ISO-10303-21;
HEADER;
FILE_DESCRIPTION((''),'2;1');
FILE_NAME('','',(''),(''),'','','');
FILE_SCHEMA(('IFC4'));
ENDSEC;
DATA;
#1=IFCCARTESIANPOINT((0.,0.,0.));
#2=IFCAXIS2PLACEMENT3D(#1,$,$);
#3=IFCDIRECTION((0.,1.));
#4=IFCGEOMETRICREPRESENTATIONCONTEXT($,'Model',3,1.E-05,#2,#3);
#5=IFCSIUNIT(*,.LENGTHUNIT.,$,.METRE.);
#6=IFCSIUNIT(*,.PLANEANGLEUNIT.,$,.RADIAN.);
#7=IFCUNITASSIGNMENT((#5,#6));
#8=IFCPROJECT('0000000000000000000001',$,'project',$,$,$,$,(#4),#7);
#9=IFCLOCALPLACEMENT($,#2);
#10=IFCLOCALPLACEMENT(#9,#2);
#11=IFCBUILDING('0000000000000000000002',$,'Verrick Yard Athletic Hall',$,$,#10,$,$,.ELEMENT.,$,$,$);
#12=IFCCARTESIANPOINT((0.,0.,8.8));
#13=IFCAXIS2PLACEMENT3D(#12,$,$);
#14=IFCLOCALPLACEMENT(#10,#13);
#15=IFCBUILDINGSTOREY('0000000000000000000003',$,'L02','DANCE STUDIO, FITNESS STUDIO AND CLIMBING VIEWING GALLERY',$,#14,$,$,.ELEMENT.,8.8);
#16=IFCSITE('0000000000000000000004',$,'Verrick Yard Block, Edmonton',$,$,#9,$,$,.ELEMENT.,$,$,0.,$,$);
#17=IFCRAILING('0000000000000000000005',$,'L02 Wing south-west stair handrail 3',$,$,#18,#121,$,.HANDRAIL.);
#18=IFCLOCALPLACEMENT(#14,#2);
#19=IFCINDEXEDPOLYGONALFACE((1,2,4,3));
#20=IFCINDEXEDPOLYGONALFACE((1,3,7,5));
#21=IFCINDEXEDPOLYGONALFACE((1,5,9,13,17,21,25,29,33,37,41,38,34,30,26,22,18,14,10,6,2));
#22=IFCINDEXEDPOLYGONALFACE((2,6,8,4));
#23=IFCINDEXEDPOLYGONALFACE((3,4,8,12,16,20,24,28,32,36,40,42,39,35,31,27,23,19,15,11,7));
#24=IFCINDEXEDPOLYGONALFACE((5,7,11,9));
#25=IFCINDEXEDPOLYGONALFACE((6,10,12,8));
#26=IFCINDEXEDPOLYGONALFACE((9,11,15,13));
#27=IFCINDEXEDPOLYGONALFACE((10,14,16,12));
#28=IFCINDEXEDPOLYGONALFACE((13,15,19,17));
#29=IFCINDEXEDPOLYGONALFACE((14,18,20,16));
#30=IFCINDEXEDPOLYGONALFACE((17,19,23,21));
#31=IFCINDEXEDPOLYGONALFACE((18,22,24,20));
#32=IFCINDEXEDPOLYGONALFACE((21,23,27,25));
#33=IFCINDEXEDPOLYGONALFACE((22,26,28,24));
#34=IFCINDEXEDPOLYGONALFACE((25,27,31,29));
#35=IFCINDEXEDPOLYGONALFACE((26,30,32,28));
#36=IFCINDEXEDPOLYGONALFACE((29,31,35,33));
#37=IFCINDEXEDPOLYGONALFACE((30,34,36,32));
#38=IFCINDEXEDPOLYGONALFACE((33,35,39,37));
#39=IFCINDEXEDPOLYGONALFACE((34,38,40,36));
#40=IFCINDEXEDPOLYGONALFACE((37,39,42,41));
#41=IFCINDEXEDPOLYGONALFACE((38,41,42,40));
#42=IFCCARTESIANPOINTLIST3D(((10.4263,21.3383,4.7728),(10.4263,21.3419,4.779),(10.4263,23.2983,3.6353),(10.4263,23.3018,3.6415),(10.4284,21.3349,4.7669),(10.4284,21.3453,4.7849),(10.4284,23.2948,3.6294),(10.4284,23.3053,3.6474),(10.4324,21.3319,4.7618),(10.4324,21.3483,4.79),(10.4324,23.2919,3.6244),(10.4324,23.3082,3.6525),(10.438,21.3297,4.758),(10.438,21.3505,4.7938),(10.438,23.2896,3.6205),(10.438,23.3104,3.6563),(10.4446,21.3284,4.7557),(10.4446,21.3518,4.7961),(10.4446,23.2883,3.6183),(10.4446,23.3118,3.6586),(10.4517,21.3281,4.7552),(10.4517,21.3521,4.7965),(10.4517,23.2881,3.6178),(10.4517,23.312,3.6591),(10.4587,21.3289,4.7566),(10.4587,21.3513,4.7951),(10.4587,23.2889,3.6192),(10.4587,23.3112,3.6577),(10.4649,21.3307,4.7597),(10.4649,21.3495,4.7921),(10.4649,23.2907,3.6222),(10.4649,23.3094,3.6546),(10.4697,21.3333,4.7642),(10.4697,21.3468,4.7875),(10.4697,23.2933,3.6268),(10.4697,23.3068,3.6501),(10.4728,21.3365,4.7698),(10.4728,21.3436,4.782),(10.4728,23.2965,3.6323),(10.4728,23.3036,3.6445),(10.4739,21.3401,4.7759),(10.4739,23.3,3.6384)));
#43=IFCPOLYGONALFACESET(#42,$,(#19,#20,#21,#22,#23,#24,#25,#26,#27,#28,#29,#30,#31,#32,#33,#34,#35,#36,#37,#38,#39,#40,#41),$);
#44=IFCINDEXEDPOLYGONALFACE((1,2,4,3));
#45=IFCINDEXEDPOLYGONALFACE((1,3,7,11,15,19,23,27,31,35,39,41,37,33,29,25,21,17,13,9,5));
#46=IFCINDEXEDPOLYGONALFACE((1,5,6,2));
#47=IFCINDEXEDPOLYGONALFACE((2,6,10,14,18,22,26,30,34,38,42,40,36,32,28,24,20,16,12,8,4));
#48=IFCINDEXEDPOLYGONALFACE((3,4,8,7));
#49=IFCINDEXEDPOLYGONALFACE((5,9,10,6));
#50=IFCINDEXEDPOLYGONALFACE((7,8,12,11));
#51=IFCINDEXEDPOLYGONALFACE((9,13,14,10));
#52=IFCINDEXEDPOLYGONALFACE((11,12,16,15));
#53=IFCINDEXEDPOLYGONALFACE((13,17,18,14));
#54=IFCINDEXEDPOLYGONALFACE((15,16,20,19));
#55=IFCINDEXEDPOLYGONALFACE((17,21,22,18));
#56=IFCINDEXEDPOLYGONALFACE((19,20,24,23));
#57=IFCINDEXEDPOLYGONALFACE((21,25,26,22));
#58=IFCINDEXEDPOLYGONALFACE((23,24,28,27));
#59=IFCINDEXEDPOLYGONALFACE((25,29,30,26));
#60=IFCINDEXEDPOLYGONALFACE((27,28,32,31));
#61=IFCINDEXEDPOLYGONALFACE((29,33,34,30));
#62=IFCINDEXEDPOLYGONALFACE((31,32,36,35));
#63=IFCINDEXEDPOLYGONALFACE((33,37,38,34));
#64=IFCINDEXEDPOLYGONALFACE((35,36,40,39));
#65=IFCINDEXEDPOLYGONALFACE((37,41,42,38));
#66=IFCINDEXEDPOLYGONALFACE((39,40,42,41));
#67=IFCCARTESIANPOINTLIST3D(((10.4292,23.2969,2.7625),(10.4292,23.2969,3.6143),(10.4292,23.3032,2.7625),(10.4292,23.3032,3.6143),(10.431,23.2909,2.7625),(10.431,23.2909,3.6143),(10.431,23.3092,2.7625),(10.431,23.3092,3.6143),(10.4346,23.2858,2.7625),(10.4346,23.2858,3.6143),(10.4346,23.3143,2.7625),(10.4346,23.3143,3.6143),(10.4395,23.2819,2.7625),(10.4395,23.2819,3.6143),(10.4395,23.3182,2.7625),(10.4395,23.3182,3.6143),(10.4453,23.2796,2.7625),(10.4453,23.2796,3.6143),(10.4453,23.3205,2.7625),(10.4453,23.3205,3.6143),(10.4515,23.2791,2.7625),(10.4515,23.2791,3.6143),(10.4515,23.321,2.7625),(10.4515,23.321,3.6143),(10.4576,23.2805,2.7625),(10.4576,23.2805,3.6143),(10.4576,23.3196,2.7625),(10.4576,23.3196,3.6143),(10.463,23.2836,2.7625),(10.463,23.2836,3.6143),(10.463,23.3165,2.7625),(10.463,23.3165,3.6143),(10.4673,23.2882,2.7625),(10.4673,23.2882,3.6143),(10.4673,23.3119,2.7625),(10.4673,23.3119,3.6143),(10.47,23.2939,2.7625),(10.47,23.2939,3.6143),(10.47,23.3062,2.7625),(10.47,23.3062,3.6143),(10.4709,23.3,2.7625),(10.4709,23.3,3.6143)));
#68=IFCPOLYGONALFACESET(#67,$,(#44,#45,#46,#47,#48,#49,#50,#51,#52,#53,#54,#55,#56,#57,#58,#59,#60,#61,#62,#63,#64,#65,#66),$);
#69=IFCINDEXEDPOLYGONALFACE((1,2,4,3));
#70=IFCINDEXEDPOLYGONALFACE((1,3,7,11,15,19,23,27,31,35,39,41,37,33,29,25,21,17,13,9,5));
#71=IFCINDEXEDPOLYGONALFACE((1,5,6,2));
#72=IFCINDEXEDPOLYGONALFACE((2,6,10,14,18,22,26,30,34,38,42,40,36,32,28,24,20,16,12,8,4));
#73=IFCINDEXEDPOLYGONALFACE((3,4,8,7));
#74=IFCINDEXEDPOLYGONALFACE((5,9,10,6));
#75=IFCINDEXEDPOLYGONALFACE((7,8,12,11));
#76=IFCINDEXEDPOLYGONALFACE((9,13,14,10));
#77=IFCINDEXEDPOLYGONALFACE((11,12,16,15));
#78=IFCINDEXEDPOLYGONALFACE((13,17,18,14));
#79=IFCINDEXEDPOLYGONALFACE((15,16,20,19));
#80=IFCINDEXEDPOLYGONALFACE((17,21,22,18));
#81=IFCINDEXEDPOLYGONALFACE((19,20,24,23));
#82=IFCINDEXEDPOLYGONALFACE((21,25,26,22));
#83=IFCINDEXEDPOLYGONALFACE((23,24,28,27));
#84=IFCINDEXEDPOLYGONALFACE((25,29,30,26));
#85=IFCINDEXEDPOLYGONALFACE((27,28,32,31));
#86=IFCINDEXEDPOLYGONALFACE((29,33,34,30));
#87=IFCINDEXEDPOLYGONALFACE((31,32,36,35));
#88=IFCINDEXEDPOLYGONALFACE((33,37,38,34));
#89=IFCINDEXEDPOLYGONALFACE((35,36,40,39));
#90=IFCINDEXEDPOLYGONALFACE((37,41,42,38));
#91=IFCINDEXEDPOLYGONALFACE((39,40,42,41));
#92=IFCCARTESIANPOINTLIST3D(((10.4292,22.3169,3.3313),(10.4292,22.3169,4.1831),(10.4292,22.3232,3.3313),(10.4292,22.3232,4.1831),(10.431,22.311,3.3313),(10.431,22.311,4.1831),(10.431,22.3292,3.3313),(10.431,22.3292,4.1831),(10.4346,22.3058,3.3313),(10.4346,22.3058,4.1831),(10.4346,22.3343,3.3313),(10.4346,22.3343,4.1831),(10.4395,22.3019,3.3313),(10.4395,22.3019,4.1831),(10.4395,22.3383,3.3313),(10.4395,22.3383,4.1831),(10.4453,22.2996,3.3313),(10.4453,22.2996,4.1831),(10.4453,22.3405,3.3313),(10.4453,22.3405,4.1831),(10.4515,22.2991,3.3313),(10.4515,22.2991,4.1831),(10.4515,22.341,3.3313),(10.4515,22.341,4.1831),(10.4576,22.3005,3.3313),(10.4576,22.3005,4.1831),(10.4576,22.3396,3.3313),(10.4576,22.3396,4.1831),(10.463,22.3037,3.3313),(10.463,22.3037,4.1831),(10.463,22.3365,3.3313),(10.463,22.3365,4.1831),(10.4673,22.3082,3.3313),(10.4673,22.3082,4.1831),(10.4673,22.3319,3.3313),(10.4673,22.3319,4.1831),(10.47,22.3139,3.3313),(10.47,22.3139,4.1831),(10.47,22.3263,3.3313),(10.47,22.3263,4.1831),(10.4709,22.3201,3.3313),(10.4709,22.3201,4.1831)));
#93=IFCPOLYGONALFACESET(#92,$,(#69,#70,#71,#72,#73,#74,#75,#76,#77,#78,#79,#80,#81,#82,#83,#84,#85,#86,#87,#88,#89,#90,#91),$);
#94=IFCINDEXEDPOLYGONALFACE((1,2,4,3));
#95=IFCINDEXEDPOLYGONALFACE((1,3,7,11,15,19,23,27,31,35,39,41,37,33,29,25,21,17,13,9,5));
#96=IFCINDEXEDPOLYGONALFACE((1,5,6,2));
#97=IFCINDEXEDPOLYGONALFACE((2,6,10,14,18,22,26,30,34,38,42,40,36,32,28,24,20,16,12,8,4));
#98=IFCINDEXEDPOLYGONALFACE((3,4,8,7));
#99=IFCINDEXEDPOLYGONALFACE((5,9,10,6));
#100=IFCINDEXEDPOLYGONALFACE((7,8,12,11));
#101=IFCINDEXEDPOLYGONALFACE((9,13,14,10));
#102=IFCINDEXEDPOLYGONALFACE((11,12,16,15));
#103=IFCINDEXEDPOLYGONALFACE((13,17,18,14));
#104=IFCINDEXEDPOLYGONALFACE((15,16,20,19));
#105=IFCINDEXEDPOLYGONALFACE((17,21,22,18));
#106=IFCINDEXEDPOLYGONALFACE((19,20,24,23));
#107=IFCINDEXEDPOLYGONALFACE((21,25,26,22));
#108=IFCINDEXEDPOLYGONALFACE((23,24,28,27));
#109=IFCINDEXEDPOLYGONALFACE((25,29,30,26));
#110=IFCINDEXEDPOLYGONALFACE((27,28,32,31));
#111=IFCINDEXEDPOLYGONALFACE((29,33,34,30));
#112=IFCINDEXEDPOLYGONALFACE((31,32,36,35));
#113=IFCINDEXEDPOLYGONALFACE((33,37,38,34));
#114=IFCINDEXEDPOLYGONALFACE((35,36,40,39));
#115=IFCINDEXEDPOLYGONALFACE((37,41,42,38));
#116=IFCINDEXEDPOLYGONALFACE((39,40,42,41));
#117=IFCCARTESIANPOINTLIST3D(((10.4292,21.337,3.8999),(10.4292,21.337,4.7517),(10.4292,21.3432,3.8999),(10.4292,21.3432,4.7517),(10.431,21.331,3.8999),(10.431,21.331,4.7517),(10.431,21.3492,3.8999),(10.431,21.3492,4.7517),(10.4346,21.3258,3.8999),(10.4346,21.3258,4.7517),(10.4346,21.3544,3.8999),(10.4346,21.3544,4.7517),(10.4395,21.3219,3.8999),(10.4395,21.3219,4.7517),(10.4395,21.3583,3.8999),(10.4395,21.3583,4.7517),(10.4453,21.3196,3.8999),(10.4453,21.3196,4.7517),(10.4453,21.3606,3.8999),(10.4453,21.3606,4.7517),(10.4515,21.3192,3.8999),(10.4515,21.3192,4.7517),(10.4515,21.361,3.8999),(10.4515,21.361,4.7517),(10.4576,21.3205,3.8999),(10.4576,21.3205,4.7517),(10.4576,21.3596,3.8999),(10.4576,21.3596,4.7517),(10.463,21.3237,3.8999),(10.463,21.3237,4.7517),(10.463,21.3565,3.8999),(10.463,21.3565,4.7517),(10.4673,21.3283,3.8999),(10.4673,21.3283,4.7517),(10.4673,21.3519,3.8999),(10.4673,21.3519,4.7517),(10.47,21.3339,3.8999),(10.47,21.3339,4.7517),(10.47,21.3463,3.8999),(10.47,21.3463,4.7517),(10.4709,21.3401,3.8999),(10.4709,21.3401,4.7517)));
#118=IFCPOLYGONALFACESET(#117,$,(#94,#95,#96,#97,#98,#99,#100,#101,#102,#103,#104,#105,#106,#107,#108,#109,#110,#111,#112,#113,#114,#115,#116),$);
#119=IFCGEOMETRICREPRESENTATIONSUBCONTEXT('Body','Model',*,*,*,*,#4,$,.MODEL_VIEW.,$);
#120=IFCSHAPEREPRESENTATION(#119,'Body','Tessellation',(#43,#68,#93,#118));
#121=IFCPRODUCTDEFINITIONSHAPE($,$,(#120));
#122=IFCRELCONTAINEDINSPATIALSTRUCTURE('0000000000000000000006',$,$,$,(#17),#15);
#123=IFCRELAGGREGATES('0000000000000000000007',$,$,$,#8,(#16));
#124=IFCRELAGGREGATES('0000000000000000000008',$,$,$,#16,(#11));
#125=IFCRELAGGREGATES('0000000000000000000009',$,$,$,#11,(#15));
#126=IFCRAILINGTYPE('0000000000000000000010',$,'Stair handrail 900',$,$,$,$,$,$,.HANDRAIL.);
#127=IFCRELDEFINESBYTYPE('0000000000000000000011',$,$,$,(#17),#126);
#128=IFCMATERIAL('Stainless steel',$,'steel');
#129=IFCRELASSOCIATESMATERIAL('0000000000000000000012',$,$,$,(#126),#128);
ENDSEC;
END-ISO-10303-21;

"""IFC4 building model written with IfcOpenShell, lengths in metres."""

from ifc_helpers import new_model, si_unit, direction, frame, origin, origin_2d, place, context, subcontext, project, spatial, circle, extrude, material, type_object, element, save


model = new_model("IFC4")

# Units and contexts
model_context = context("Model", 3, precision=1e-05, world=origin(), true_north=direction((0.0, 1.0)))
body_context = subcontext(model_context, "Body", "Model", "MODEL_VIEW")
ifc_project = project(units=[si_unit("LENGTHUNIT", "METRE"), si_unit("PLANEANGLEUNIT", "RADIAN")], contexts=[model_context])

# Site, building, storey
site_placement = place(None, origin())
site = spatial("IfcSite", under=ifc_project, at=site_placement, Name="Verrick Yard Block, Edmonton", CompositionType="ELEMENT", RefElevation=0.0)
building_placement = place(site_placement, origin())
building = spatial("IfcBuilding", under=site, at=building_placement, Name="Verrick Yard Athletic Hall", CompositionType="ELEMENT")
storey_placement = place(building_placement, frame((0.0, 0.0, 8.8)))
storey = spatial("IfcBuildingStorey", under=building, at=storey_placement, Name="L02", Description="DANCE STUDIO, FITNESS STUDIO AND CLIMBING VIEWING GALLERY", CompositionType="ELEMENT", Elevation=8.8)

# Railing
ifc_material_1 = material(Name="Stainless steel", Category="steel")
railing_type_1 = type_object("IfcRailingType", Name="Stair handrail 900", PredefinedType="HANDRAIL", material=ifc_material_1)
railing_1_placement = place(storey_placement, frame((10.45, 23.3, 2.7625)))
element("IfcRailing", 1, at=railing_1_placement, inside=storey, type_object=railing_type_1, Name="L02 Wing south-west stair handrail 3", PredefinedType="HANDRAIL", context=body_context, shape_type="SweptSolid", body=[
    extrude(circle(Radius=0.0239, at=origin_2d()), frame((0.0, 0.0, 0.876), z_axis=(0.0, -0.864902, 0.501941), x_axis=(1.0, 0.0, 0.0)), (0.0, 0.0, 1.0), 2.2661),
    extrude(circle(Radius=0.021, at=origin_2d()), origin(), (0.0, 0.0, 1.0), 0.8518),
    extrude(circle(Radius=0.021, at=origin_2d()), frame((0.0, -0.98, 0.5688)), (0.0, 0.0, 1.0), 0.8518),
    extrude(circle(Radius=0.021, at=origin_2d()), frame((0.0, -1.96, 1.1375)), (0.0, 0.0, 1.0), 0.8518),
])

save(model, "model.ifc")
